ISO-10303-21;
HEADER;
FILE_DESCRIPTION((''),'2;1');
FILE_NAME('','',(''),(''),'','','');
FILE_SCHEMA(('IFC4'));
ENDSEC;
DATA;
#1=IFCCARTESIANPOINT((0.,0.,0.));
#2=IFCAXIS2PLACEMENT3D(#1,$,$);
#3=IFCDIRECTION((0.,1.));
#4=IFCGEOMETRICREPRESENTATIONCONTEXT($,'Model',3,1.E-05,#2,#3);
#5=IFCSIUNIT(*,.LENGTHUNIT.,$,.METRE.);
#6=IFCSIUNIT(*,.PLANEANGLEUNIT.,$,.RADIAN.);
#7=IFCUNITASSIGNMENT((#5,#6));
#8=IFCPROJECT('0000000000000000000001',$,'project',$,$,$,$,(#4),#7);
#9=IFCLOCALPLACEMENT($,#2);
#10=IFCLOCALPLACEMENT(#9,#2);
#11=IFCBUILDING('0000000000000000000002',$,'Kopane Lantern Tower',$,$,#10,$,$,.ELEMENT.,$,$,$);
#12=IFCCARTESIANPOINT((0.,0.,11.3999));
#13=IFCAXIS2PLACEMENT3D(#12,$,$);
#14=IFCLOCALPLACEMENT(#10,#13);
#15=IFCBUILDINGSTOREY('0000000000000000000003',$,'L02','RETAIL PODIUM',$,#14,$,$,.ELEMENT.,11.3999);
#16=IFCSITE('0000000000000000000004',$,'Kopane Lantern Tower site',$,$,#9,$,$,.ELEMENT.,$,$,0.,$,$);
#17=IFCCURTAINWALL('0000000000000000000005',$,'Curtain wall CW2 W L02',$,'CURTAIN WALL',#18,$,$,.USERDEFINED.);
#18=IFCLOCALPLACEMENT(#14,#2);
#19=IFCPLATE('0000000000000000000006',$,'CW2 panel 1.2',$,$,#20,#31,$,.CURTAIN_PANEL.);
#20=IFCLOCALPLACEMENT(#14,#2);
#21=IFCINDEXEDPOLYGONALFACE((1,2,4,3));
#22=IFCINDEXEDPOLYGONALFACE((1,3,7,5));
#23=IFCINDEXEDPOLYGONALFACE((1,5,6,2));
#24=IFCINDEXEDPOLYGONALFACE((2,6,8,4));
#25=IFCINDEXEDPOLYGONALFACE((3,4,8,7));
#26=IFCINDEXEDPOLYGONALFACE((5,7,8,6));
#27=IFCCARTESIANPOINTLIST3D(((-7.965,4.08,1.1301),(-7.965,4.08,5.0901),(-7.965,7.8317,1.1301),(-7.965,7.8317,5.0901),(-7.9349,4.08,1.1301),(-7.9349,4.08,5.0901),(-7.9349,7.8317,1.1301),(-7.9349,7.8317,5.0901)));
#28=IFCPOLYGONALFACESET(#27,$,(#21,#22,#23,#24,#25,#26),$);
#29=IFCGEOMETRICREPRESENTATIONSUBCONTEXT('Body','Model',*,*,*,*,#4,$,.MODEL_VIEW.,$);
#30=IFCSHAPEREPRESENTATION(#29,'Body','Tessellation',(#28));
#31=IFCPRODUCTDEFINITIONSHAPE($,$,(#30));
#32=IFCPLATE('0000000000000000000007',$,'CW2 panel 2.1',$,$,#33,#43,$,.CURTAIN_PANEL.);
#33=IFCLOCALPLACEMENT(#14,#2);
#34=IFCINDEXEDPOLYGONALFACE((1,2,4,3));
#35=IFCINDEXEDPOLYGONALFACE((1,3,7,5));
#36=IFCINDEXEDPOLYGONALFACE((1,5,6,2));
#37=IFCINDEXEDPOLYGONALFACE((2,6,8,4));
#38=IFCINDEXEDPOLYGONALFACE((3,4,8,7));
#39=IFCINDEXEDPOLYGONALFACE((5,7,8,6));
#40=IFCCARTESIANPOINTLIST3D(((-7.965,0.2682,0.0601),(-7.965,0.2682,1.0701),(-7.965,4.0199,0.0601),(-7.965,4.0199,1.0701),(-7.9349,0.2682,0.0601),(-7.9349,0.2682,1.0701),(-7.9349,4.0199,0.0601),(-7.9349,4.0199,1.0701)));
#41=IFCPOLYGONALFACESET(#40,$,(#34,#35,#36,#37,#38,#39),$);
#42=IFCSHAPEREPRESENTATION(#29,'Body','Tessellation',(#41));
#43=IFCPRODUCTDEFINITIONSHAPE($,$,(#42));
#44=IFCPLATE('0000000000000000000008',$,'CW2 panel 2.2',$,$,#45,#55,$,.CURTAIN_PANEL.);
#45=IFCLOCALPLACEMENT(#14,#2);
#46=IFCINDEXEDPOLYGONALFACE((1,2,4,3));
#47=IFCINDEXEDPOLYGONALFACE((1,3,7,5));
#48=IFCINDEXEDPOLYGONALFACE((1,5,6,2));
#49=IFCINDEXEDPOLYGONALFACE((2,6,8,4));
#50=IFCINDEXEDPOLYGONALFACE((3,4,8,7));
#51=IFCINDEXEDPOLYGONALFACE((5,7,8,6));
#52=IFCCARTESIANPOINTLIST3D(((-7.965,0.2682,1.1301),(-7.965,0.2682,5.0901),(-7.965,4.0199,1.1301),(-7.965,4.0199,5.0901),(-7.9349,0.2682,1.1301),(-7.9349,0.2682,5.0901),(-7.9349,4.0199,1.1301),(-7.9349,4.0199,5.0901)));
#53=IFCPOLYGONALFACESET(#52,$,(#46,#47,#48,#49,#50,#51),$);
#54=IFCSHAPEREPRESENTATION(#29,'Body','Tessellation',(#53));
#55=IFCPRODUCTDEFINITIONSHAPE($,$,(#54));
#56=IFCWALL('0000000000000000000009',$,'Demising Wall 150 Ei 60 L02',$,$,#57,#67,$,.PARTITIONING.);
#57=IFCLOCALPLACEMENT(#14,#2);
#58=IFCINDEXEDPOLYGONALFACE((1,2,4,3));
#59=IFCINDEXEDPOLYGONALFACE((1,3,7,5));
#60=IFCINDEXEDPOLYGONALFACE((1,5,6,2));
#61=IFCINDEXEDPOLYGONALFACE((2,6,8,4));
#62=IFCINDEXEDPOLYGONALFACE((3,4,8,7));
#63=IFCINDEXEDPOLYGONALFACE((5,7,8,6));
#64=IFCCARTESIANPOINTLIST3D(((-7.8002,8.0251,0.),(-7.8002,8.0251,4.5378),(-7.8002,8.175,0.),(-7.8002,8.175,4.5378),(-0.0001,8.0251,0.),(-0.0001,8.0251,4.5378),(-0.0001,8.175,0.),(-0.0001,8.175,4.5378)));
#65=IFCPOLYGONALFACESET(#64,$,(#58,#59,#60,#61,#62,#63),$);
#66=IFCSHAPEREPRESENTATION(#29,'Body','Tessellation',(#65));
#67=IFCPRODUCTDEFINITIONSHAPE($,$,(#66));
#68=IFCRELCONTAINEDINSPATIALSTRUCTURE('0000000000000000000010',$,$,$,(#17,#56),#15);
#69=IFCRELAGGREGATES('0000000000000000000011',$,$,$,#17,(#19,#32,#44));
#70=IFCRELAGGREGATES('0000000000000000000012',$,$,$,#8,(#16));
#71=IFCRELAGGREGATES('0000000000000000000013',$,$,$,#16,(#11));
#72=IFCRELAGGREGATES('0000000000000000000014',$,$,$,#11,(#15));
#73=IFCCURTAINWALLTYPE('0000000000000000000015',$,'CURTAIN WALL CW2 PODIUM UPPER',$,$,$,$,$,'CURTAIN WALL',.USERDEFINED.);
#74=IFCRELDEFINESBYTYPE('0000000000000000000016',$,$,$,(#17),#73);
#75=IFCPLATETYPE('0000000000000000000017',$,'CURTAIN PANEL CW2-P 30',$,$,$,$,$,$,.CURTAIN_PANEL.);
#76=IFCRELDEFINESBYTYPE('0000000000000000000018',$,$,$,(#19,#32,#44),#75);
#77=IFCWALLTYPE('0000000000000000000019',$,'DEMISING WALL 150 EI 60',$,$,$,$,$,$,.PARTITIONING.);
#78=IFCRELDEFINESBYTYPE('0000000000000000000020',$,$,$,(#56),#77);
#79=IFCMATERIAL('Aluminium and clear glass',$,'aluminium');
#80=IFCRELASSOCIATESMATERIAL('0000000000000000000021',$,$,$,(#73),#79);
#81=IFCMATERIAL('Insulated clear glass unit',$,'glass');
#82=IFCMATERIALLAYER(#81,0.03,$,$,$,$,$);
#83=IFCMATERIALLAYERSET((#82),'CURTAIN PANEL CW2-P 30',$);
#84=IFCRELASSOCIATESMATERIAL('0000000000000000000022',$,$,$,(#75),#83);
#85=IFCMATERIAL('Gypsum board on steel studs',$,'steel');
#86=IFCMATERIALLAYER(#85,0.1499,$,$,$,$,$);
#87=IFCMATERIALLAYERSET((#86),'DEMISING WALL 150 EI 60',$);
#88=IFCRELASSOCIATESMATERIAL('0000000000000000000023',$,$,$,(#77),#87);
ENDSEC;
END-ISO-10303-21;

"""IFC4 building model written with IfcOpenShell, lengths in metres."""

from ifc_helpers import new_model, si_unit, direction, frame, frame_2d, origin, origin_2d, place, context, subcontext, project, spatial, rectangle, extrude, material, layer, layer_set, type_object, element, aggregate, save


model = new_model("IFC4")

# Units and contexts
model_context = context("Model", 3, precision=1e-05, world=origin(), true_north=direction((0.0, 1.0)))
body_context = subcontext(model_context, "Body", "Model", "MODEL_VIEW")
ifc_project = project(units=[si_unit("LENGTHUNIT", "METRE"), si_unit("PLANEANGLEUNIT", "RADIAN")], contexts=[model_context])

# Site, building, storey
site_placement = place(None, origin())
site = spatial("IfcSite", under=ifc_project, at=site_placement, Name="Kopane Lantern Tower site", CompositionType="ELEMENT", RefElevation=0.0)
building_placement = place(site_placement, origin())
building = spatial("IfcBuilding", under=site, at=building_placement, Name="Kopane Lantern Tower", CompositionType="ELEMENT")
storey_placement = place(building_placement, frame((0.0, 0.0, 11.3999)))
storey = spatial("IfcBuildingStorey", under=building, at=storey_placement, Name="L02", Description="RETAIL PODIUM", CompositionType="ELEMENT", Elevation=11.3999)

# Shared definitions
ifc_material_1 = material(Name="Aluminium and clear glass", Category="aluminium")
curtain_wall_type = type_object("IfcCurtainWallType", Name="CURTAIN WALL CW2 PODIUM UPPER", ElementType="CURTAIN WALL", PredefinedType="USERDEFINED", material=ifc_material_1)

# Curtain wall
curtain_wall_1_placement = place(storey_placement, origin())
curtain_wall_1 = element("IfcCurtainWall", 1, at=curtain_wall_1_placement, inside=storey, type_object=curtain_wall_type, Name="Curtain wall CW2 W L02", ObjectType="CURTAIN WALL", PredefinedType="USERDEFINED")

# Plates
ifc_material_2 = material(Name="Insulated clear glass unit", Category="glass")
ifc_layer_1 = layer(ifc_material_2, 0.03)
ifc_layer_set_1 = layer_set([ifc_layer_1], Name="CURTAIN PANEL CW2-P 30")
plate_type = type_object("IfcPlateType", Name="CURTAIN PANEL CW2-P 30", PredefinedType="CURTAIN_PANEL", material=ifc_layer_set_1)
plate_1_placement = place(storey_placement, frame((-7.95, 5.9558, 1.1301), z_axis=(0.0, 0.0, 1.0), x_axis=(0.0, -1.0, 0.0)))
plate_1 = element("IfcPlate", 2, at=plate_1_placement, type_object=plate_type, Name="CW2 panel 1.2", PredefinedType="CURTAIN_PANEL", context=body_context, shape_type="SweptSolid", body=[
    extrude(rectangle(XDim=3.7517, YDim=0.03, at=origin_2d()), origin(), (0.0, 0.0, 1.0), 3.96),
])
plate_2_placement = place(storey_placement, frame((-7.95, 2.144, 0.0601), z_axis=(0.0, 0.0, 1.0), x_axis=(0.0, -1.0, 0.0)))
plate_2 = element("IfcPlate", 3, at=plate_2_placement, type_object=plate_type, Name="CW2 panel 2.1", PredefinedType="CURTAIN_PANEL", context=body_context, shape_type="SweptSolid", body=[
    extrude(rectangle(XDim=3.7517, YDim=0.03, at=origin_2d()), origin(), (0.0, 0.0, 1.0), 1.01),
])
plate_3_placement = place(storey_placement, frame((-7.95, 2.144, 1.1301), z_axis=(0.0, 0.0, 1.0), x_axis=(0.0, -1.0, 0.0)))
plate_3 = element("IfcPlate", 4, at=plate_3_placement, type_object=plate_type, Name="CW2 panel 2.2", PredefinedType="CURTAIN_PANEL", context=body_context, shape_type="SweptSolid", body=[
    extrude(rectangle(XDim=3.7517, YDim=0.03, at=origin_2d()), origin(), (0.0, 0.0, 1.0), 3.96),
])
aggregate(curtain_wall_1, [plate_1, plate_2, plate_3])

# Wall
ifc_material_3 = material(Name="Gypsum board on steel studs", Category="steel")
ifc_layer_2 = layer(ifc_material_3, 0.1499)
ifc_layer_set_2 = layer_set([ifc_layer_2], Name="DEMISING WALL 150 EI 60")
wall_type = type_object("IfcWallType", Name="DEMISING WALL 150 EI 60", PredefinedType="PARTITIONING", material=ifc_layer_set_2)
wall_placement = place(storey_placement, frame((-7.8, 8.1001, 0.0), z_axis=(0.0, 0.0, 1.0), x_axis=(1.0, 0.0, 0.0)))
element("IfcWall", 5, at=wall_placement, inside=storey, type_object=wall_type, Name="Demising Wall 150 Ei 60 L02", PredefinedType="PARTITIONING", context=body_context, shape_type="SweptSolid", body=[
    extrude(rectangle(XDim=7.8, YDim=0.1499, at=frame_2d((3.8999, 0.0))), origin(), (0.0, 0.0, 1.0), 4.5378),
])

save(model, "model.ifc")
